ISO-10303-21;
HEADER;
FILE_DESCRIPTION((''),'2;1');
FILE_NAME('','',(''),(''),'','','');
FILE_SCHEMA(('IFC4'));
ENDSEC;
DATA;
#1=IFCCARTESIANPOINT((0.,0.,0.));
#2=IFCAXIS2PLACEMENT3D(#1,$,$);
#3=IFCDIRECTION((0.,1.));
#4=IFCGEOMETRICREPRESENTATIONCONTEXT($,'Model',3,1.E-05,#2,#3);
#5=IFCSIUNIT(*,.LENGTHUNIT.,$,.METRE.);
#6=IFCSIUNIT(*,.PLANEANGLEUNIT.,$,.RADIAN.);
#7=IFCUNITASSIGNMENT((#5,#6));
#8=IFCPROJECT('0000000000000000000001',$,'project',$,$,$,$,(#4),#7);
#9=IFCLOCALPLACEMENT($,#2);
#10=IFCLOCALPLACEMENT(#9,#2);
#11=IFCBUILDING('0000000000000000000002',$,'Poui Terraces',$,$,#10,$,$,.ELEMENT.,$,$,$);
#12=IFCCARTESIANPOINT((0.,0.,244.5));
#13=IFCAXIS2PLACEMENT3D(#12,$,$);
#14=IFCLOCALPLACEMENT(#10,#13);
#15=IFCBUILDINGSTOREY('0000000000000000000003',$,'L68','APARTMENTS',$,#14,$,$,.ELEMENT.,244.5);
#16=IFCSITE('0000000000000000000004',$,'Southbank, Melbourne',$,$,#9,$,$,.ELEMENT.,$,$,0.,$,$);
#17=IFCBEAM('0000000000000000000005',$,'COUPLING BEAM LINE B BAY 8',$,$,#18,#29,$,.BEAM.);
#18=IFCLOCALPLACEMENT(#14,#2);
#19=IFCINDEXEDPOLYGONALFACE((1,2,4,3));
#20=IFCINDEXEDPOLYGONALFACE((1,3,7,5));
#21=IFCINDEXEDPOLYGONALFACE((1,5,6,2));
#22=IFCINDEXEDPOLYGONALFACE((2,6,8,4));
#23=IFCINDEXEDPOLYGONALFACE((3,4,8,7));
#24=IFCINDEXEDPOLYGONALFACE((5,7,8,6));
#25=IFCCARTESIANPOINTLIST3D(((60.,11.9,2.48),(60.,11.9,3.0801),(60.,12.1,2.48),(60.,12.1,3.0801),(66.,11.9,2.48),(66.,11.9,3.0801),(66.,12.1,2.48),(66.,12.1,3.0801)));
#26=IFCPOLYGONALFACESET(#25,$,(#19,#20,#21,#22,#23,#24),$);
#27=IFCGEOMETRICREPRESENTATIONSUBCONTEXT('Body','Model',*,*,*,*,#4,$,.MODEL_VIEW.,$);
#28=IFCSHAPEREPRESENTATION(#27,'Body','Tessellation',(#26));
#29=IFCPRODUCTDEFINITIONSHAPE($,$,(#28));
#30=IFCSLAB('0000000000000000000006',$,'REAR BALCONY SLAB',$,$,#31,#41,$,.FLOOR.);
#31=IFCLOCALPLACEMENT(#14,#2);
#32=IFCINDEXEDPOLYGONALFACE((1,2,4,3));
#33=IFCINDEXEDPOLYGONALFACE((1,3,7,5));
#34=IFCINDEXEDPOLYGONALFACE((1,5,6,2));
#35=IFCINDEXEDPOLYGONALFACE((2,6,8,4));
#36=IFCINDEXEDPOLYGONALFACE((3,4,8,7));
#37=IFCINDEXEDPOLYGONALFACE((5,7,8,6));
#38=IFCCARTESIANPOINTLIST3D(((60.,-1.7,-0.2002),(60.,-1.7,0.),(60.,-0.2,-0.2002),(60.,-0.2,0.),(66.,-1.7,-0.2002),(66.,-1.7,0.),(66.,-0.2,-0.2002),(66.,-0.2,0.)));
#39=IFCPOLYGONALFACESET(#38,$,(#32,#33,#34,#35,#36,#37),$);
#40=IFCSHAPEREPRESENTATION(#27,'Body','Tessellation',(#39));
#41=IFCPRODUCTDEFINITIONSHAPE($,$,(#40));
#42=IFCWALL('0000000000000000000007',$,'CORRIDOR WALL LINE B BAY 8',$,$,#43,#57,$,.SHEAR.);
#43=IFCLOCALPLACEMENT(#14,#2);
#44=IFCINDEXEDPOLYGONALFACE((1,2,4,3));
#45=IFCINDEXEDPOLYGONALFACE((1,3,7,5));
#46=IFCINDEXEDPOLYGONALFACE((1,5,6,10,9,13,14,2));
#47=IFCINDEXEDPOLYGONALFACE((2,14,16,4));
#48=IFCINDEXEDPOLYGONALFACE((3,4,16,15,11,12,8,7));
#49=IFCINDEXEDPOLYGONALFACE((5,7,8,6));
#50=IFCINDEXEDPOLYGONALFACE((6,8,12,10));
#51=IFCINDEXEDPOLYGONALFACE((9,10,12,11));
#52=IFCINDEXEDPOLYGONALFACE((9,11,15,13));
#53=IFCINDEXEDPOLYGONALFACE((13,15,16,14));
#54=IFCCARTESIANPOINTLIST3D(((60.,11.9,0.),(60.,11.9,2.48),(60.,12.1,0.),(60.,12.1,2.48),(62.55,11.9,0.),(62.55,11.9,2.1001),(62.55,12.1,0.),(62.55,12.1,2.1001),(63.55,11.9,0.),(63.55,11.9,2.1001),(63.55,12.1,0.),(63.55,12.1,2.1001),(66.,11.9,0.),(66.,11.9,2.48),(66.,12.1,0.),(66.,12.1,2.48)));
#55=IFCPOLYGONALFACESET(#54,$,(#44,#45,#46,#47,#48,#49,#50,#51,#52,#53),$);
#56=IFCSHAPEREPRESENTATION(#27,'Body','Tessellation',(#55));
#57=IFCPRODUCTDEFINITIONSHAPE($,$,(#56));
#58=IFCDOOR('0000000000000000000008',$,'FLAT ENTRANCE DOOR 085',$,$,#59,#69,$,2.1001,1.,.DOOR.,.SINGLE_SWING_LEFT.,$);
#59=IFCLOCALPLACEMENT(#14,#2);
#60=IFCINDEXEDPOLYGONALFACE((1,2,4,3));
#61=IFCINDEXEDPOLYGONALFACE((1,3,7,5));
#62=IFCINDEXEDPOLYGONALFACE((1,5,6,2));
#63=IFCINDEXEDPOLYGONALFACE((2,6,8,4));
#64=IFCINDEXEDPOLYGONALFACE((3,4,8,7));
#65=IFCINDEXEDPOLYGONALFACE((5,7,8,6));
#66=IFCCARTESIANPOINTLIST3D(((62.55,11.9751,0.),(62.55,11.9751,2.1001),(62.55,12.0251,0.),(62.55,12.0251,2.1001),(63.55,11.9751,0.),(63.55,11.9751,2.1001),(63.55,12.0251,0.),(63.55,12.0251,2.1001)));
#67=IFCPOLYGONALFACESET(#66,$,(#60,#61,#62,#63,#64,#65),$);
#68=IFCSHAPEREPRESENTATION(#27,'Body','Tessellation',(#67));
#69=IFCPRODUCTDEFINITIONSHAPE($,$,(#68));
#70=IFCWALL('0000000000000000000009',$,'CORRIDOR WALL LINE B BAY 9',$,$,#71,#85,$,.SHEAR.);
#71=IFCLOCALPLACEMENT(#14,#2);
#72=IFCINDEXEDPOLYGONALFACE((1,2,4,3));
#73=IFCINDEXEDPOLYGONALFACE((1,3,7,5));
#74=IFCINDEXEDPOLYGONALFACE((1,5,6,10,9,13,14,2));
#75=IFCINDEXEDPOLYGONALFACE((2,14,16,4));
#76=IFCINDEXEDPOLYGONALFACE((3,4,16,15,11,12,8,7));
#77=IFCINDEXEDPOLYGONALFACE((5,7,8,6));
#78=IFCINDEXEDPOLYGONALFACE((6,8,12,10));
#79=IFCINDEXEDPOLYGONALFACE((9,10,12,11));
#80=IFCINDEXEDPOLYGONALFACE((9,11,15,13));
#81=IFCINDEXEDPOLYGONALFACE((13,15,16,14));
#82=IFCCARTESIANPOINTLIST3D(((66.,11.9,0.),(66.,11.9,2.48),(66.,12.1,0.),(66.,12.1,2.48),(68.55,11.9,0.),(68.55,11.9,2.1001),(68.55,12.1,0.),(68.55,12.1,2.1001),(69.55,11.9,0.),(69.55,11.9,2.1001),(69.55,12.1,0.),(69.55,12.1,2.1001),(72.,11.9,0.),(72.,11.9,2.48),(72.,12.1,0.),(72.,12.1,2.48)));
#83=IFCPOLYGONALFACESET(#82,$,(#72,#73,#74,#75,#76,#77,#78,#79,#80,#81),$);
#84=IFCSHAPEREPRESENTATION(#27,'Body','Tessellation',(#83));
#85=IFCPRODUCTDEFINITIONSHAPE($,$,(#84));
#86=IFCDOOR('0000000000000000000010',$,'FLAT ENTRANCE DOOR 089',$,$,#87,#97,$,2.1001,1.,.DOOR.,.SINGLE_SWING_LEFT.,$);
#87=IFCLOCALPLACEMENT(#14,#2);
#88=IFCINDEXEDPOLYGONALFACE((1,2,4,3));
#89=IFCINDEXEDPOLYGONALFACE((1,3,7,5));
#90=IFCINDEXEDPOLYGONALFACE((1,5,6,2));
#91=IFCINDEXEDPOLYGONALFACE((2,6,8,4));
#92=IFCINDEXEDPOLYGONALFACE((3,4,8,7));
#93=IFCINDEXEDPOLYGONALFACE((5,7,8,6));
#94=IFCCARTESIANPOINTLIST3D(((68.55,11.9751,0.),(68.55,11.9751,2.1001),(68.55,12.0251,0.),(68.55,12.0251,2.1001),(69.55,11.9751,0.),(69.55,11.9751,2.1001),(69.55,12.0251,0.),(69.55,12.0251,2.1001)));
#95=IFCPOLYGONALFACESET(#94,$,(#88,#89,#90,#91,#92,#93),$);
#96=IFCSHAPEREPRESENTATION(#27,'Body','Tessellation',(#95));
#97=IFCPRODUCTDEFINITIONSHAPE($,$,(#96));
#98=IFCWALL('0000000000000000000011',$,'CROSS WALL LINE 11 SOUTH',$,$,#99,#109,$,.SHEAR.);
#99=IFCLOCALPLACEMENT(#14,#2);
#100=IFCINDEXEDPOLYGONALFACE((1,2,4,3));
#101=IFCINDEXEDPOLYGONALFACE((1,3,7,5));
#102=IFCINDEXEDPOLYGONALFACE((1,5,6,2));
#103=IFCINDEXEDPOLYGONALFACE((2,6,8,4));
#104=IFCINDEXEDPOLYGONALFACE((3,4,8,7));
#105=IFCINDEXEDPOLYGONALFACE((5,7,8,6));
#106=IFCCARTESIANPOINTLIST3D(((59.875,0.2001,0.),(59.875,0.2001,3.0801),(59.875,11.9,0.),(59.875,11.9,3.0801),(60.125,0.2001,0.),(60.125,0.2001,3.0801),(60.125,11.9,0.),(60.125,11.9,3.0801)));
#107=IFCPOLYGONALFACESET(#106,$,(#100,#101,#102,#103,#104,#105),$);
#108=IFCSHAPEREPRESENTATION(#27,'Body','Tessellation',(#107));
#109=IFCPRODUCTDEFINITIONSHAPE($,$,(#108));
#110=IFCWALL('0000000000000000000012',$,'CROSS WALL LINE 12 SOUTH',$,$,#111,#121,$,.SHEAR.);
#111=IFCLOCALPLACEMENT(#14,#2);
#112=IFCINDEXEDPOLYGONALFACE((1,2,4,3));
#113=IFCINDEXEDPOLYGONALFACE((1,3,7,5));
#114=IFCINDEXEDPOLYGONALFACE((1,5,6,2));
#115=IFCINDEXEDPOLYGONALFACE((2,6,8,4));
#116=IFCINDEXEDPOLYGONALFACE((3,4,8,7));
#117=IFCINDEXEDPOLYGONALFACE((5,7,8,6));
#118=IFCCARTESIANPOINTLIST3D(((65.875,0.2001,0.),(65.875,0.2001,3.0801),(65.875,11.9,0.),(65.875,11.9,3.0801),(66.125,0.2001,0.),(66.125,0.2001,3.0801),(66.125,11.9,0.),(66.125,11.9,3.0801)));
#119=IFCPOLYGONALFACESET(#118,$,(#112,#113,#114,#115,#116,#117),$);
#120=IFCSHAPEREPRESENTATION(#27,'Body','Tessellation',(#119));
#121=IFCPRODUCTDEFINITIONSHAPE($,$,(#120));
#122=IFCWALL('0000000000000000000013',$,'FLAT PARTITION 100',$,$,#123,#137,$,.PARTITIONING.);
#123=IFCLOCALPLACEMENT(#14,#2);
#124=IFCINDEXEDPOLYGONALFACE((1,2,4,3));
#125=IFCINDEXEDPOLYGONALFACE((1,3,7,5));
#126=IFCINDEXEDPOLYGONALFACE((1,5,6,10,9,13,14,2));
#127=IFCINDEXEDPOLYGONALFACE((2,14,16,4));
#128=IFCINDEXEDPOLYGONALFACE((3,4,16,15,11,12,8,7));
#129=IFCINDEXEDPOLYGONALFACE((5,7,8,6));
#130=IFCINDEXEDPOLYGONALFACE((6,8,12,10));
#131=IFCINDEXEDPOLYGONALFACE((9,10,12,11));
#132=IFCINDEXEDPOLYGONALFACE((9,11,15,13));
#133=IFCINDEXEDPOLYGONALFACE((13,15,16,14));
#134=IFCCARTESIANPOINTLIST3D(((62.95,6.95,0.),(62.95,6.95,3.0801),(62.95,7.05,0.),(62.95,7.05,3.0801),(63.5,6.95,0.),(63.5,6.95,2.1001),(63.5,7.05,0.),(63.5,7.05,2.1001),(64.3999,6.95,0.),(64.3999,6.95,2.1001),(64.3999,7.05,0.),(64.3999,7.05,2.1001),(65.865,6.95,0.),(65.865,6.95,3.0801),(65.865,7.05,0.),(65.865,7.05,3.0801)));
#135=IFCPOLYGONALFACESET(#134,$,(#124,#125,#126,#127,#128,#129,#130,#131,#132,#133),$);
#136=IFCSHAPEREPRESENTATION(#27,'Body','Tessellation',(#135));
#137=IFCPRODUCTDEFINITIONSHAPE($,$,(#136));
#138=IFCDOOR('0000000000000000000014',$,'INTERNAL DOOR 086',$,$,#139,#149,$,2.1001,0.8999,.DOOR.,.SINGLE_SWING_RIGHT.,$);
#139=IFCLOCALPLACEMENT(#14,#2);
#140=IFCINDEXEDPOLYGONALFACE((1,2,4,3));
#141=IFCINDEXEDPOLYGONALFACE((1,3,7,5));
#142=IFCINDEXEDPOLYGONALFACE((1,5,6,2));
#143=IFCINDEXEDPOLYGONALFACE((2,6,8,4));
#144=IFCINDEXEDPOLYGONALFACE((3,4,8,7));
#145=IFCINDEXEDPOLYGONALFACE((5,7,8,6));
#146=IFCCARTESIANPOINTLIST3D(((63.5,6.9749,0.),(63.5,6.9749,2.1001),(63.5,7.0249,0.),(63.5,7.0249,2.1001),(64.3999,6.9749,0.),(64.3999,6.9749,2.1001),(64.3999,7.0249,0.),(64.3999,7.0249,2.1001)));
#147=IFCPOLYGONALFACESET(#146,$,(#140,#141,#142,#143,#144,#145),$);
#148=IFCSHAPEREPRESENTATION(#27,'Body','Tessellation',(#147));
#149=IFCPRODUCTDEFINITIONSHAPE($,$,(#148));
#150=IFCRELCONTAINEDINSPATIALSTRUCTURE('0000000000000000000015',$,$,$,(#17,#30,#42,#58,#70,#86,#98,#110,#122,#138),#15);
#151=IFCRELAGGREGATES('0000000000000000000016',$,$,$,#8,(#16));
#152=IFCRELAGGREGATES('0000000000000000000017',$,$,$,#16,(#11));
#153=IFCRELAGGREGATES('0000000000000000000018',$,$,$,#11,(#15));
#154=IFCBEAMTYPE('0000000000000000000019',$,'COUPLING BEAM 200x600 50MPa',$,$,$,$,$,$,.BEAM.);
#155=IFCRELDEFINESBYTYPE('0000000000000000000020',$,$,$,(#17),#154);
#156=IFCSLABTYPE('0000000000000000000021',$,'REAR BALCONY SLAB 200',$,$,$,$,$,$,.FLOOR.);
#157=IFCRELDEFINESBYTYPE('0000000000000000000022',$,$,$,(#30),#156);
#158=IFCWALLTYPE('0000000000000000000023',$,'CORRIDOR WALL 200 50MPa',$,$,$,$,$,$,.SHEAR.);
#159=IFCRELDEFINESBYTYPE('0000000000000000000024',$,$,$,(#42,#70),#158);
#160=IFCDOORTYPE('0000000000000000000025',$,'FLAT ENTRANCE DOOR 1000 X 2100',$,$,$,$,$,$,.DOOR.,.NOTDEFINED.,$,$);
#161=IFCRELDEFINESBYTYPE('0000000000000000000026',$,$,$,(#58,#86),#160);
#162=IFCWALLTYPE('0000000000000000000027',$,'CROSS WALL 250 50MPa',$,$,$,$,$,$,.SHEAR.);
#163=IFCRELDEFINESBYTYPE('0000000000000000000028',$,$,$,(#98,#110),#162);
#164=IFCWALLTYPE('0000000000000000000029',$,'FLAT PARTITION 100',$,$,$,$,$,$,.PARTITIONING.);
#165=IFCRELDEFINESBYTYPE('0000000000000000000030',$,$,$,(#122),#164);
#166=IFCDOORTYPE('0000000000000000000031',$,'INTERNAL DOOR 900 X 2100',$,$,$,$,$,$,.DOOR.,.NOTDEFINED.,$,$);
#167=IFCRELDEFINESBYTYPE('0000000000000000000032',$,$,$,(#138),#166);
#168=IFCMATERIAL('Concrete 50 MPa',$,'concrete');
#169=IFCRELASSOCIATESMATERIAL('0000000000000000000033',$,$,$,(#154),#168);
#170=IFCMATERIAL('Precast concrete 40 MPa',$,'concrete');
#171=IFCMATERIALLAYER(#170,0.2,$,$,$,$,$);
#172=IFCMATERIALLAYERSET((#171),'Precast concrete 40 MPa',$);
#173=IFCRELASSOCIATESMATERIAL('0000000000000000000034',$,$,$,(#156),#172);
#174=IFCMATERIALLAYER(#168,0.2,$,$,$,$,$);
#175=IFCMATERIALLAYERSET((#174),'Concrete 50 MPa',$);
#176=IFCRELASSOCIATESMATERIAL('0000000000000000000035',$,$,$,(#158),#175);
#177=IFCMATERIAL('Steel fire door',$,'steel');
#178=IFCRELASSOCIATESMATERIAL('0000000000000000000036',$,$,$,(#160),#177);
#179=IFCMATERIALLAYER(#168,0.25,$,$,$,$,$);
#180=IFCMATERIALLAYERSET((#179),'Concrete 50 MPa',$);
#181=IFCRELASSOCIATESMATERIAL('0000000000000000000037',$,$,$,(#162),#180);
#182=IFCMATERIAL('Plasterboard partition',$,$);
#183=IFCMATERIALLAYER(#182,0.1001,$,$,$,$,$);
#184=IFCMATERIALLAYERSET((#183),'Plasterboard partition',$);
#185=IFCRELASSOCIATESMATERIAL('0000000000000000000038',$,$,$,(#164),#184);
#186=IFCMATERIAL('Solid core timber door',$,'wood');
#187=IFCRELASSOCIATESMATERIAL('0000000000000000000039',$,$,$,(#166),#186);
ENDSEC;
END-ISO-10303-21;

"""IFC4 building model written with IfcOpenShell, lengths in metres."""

from ifc_helpers import new_model, si_unit, direction, frame, frame_2d, origin, origin_2d, place, context, subcontext, project, spatial, polyline, rectangle, outline, extrude, source, transform, mapped, material, layer, layer_set, material_profile, profile_set, type_object, element, fill, save


model = new_model("IFC4")

# Units and contexts
model_context = context("Model", 3, precision=1e-05, world=origin(), true_north=direction((0.0, 1.0)))
body_context = subcontext(model_context, "Body", "Model", "MODEL_VIEW")
ifc_project = project(units=[si_unit("LENGTHUNIT", "METRE"), si_unit("PLANEANGLEUNIT", "RADIAN")], contexts=[model_context])

# Site, building, storey
site_placement = place(None, origin())
site = spatial("IfcSite", under=ifc_project, at=site_placement, Name="Southbank, Melbourne", CompositionType="ELEMENT", RefElevation=0.0)
building_placement = place(site_placement, origin())
building = spatial("IfcBuilding", under=site, at=building_placement, Name="Poui Terraces", CompositionType="ELEMENT")
storey_placement = place(building_placement, frame((0.0, 0.0, 244.5)))
storey = spatial("IfcBuildingStorey", under=building, at=storey_placement, Name="L68", Description="APARTMENTS", CompositionType="ELEMENT", Elevation=244.5)

# Beam
ifc_material_1 = material(Name="Concrete 50 MPa", Category="concrete")
ifc_material_profile_1 = material_profile(ifc_material_1, rectangle(XDim=0.2, YDim=0.6001, at=origin_2d()), Name="RC 200x600")
ifc_profile_set_1 = profile_set([ifc_material_profile_1], Name="Concrete 50 MPa")
beam_type = type_object("IfcBeamType", Name="COUPLING BEAM 200x600 50MPa", PredefinedType="BEAM", material=ifc_profile_set_1)
shared_shape_1 = source(origin(), body_context, "Body", "SweptSolid", [
    extrude(rectangle(XDim=0.2, YDim=0.6001, at=origin_2d()), origin(), (0.0, 0.0, 1.0), 6.0),
])
beam_placement = place(storey_placement, frame((60.0, 12.0, 2.78), z_axis=(1.0, 0.0, 0.0), x_axis=(0.0, 1.0, 0.0)))
element("IfcBeam", 1, at=beam_placement, inside=storey, type_object=beam_type, Name="COUPLING BEAM LINE B BAY 8", PredefinedType="BEAM", context=body_context, shape_type="MappedRepresentation", body=[
    mapped(shared_shape_1, transform((0.0, 0.0, 0.0))),
])

# Slab
ifc_material_2 = material(Name="Precast concrete 40 MPa", Category="concrete")
ifc_layer_1 = layer(ifc_material_2, 0.2)
ifc_layer_set_1 = layer_set([ifc_layer_1], Name="Precast concrete 40 MPa")
slab_type = type_object("IfcSlabType", Name="REAR BALCONY SLAB 200", PredefinedType="FLOOR", material=ifc_layer_set_1)
shared_shape_2 = source(origin(), body_context, "Body", "SweptSolid", [
    extrude(outline(polyline([(0.0, 0.0), (6.0, 0.0), (6.0, 1.5), (0.0, 1.5), (0.0, 0.0)])), origin(), (0.0, 0.0, 1.0), 0.2002),
])
slab_placement = place(storey_placement, frame((60.0, -1.7, -0.2002)))
element("IfcSlab", 2, at=slab_placement, inside=storey, type_object=slab_type, Name="REAR BALCONY SLAB", PredefinedType="FLOOR", context=body_context, shape_type="MappedRepresentation", body=[
    mapped(shared_shape_2, transform((0.0, 0.0, 0.0))),
])

# Walls, openings, doors
ifc_layer_2 = layer(ifc_material_1, 0.2)
ifc_layer_set_2 = layer_set([ifc_layer_2], Name="Concrete 50 MPa")
wall_type_1 = type_object("IfcWallType", Name="CORRIDOR WALL 200 50MPa", PredefinedType="SHEAR", material=ifc_layer_set_2)
wall_1_placement = place(storey_placement, frame((60.0, 12.0, 0.0), z_axis=(0.0, 0.0, 1.0), x_axis=(1.0, 0.0, 0.0)))
wall_1 = element("IfcWall", 3, at=wall_1_placement, inside=storey, type_object=wall_type_1, Name="CORRIDOR WALL LINE B BAY 8", PredefinedType="SHEAR", context=body_context, shape_type="SweptSolid", body=[
    extrude(rectangle(XDim=6.0, YDim=0.2, at=frame_2d((3.0, 0.0))), origin(), (0.0, 0.0, 1.0), 2.48),
])
opening_1_placement = place(wall_1_placement, frame((2.55, 0.0, 0.0)))
opening_1 = element("IfcOpeningElement", 4, at=opening_1_placement, cuts=wall_1, PredefinedType="OPENING", context=body_context, shape_type="SweptSolid", body=[
    extrude(rectangle(XDim=1.0, YDim=2.1001, at=frame_2d((0.5, 1.05))), frame((0.0, 0.1099, 0.0), z_axis=(0.0, -1.0, 0.0), x_axis=(1.0, 0.0, 0.0)), (0.0, 0.0, 1.0), 0.22),
])
ifc_material_3 = material(Name="Steel fire door", Category="steel")
door_type_1 = type_object("IfcDoorType", Name="FLAT ENTRANCE DOOR 1000 X 2100", OperationType="NOTDEFINED", PredefinedType="DOOR", material=ifc_material_3)
door_1_placement = place(opening_1_placement, frame((1.0, 0.0, 0.0), z_axis=(0.0, 0.0, 1.0), x_axis=(-1.0, 0.0, 0.0)))
door_1 = element("IfcDoor", 5, at=door_1_placement, inside=storey, type_object=door_type_1, Name="FLAT ENTRANCE DOOR 085", OperationType="SINGLE_SWING_LEFT", OverallHeight=2.1001, OverallWidth=1.0, PredefinedType="DOOR", context=body_context, shape_type="SweptSolid", body=[
    extrude(rectangle(XDim=1.0, YDim=2.1001, at=frame_2d((0.5, 1.05))), frame((0.0, 0.0249, 0.0), z_axis=(0.0, -1.0, 0.0), x_axis=(1.0, 0.0, 0.0)), (0.0, 0.0, 1.0), 0.05),
])
fill(opening_1, door_1)
wall_2_placement = place(storey_placement, frame((66.0, 12.0, 0.0), z_axis=(0.0, 0.0, 1.0), x_axis=(1.0, 0.0, 0.0)))
wall_2 = element("IfcWall", 6, at=wall_2_placement, inside=storey, type_object=wall_type_1, Name="CORRIDOR WALL LINE B BAY 9", PredefinedType="SHEAR", context=body_context, shape_type="SweptSolid", body=[
    extrude(rectangle(XDim=6.0, YDim=0.2, at=frame_2d((3.0, 0.0))), origin(), (0.0, 0.0, 1.0), 2.48),
])
opening_2_placement = place(wall_2_placement, frame((2.55, 0.0, 0.0)))
opening_2 = element("IfcOpeningElement", 7, at=opening_2_placement, cuts=wall_2, PredefinedType="OPENING", context=body_context, shape_type="SweptSolid", body=[
    extrude(rectangle(XDim=1.0, YDim=2.1001, at=frame_2d((0.5, 1.05))), frame((0.0, 0.1099, 0.0), z_axis=(0.0, -1.0, 0.0), x_axis=(1.0, 0.0, 0.0)), (0.0, 0.0, 1.0), 0.22),
])
door_2_placement = place(opening_2_placement, frame((1.0, 0.0, 0.0), z_axis=(0.0, 0.0, 1.0), x_axis=(-1.0, 0.0, 0.0)))
door_2 = element("IfcDoor", 8, at=door_2_placement, inside=storey, type_object=door_type_1, Name="FLAT ENTRANCE DOOR 089", OperationType="SINGLE_SWING_LEFT", OverallHeight=2.1001, OverallWidth=1.0, PredefinedType="DOOR", context=body_context, shape_type="SweptSolid", body=[
    extrude(rectangle(XDim=1.0, YDim=2.1001, at=frame_2d((0.5, 1.05))), frame((0.0, 0.0249, 0.0), z_axis=(0.0, -1.0, 0.0), x_axis=(1.0, 0.0, 0.0)), (0.0, 0.0, 1.0), 0.05),
])
fill(opening_2, door_2)

# Walls
ifc_layer_3 = layer(ifc_material_1, 0.25)
ifc_layer_set_3 = layer_set([ifc_layer_3], Name="Concrete 50 MPa")
wall_type_2 = type_object("IfcWallType", Name="CROSS WALL 250 50MPa", PredefinedType="SHEAR", material=ifc_layer_set_3)
for number, where, z_axis, x_axis, name in (
    (9, (60.0, 0.2, 0.0), (0.0, 0.0, 1.0), (0.0, 1.0, 0.0), "CROSS WALL LINE 11 SOUTH"),
    (10, (66.0, 0.2, 0.0), (0.0, 0.0, 1.0), (0.0, 1.0, 0.0), "CROSS WALL LINE 12 SOUTH"),
):
    element("IfcWall", number, at=place(storey_placement, frame(where, z_axis=z_axis, x_axis=x_axis)), inside=storey, type_object=wall_type_2, Name=name, PredefinedType="SHEAR", context=body_context, shape_type="SweptSolid", body=[
        extrude(rectangle(XDim=11.7, YDim=0.25, at=frame_2d((5.8501, 0.0))), origin(), (0.0, 0.0, 1.0), 3.0801),
    ])

# Wall, opening, door
ifc_material_4 = material(Name="Plasterboard partition")
ifc_layer_4 = layer(ifc_material_4, 0.1001)
ifc_layer_set_4 = layer_set([ifc_layer_4], Name="Plasterboard partition")
wall_type_3 = type_object("IfcWallType", Name="FLAT PARTITION 100", PredefinedType="PARTITIONING", material=ifc_layer_set_4)
wall_3_placement = place(storey_placement, frame((62.95, 7.0, 0.0), z_axis=(0.0, 0.0, 1.0), x_axis=(1.0, 0.0, 0.0)))
wall_3 = element("IfcWall", 11, at=wall_3_placement, inside=storey, type_object=wall_type_3, Name="FLAT PARTITION 100", PredefinedType="PARTITIONING", context=body_context, shape_type="SweptSolid", body=[
    extrude(rectangle(XDim=2.915, YDim=0.1001, at=frame_2d((1.4575, 0.0))), origin(), (0.0, 0.0, 1.0), 3.0801),
])
opening_3_placement = place(wall_3_placement, frame((0.55, 0.0, 0.0)))
opening_3 = element("IfcOpeningElement", 12, at=opening_3_placement, cuts=wall_3, PredefinedType="OPENING", context=body_context, shape_type="SweptSolid", body=[
    extrude(rectangle(XDim=0.8999, YDim=2.1001, at=frame_2d((0.45, 1.05))), frame((0.0, 0.0601, 0.0), z_axis=(0.0, -1.0, 0.0), x_axis=(1.0, 0.0, 0.0)), (0.0, 0.0, 1.0), 0.1201),
])
ifc_material_5 = material(Name="Solid core timber door", Category="wood")
door_type_2 = type_object("IfcDoorType", Name="INTERNAL DOOR 900 X 2100", OperationType="NOTDEFINED", PredefinedType="DOOR", material=ifc_material_5)
door_3_placement = place(opening_3_placement, origin())
door_3 = element("IfcDoor", 13, at=door_3_placement, inside=storey, type_object=door_type_2, Name="INTERNAL DOOR 086", OperationType="SINGLE_SWING_RIGHT", OverallHeight=2.1001, OverallWidth=0.8999, PredefinedType="DOOR", context=body_context, shape_type="SweptSolid", body=[
    extrude(rectangle(XDim=0.8999, YDim=2.1001, at=frame_2d((0.45, 1.05))), frame((0.0, 0.0249, 0.0), z_axis=(0.0, -1.0, 0.0), x_axis=(1.0, 0.0, 0.0)), (0.0, 0.0, 1.0), 0.05),
])
fill(opening_3, door_3)

save(model, "model.ifc")
